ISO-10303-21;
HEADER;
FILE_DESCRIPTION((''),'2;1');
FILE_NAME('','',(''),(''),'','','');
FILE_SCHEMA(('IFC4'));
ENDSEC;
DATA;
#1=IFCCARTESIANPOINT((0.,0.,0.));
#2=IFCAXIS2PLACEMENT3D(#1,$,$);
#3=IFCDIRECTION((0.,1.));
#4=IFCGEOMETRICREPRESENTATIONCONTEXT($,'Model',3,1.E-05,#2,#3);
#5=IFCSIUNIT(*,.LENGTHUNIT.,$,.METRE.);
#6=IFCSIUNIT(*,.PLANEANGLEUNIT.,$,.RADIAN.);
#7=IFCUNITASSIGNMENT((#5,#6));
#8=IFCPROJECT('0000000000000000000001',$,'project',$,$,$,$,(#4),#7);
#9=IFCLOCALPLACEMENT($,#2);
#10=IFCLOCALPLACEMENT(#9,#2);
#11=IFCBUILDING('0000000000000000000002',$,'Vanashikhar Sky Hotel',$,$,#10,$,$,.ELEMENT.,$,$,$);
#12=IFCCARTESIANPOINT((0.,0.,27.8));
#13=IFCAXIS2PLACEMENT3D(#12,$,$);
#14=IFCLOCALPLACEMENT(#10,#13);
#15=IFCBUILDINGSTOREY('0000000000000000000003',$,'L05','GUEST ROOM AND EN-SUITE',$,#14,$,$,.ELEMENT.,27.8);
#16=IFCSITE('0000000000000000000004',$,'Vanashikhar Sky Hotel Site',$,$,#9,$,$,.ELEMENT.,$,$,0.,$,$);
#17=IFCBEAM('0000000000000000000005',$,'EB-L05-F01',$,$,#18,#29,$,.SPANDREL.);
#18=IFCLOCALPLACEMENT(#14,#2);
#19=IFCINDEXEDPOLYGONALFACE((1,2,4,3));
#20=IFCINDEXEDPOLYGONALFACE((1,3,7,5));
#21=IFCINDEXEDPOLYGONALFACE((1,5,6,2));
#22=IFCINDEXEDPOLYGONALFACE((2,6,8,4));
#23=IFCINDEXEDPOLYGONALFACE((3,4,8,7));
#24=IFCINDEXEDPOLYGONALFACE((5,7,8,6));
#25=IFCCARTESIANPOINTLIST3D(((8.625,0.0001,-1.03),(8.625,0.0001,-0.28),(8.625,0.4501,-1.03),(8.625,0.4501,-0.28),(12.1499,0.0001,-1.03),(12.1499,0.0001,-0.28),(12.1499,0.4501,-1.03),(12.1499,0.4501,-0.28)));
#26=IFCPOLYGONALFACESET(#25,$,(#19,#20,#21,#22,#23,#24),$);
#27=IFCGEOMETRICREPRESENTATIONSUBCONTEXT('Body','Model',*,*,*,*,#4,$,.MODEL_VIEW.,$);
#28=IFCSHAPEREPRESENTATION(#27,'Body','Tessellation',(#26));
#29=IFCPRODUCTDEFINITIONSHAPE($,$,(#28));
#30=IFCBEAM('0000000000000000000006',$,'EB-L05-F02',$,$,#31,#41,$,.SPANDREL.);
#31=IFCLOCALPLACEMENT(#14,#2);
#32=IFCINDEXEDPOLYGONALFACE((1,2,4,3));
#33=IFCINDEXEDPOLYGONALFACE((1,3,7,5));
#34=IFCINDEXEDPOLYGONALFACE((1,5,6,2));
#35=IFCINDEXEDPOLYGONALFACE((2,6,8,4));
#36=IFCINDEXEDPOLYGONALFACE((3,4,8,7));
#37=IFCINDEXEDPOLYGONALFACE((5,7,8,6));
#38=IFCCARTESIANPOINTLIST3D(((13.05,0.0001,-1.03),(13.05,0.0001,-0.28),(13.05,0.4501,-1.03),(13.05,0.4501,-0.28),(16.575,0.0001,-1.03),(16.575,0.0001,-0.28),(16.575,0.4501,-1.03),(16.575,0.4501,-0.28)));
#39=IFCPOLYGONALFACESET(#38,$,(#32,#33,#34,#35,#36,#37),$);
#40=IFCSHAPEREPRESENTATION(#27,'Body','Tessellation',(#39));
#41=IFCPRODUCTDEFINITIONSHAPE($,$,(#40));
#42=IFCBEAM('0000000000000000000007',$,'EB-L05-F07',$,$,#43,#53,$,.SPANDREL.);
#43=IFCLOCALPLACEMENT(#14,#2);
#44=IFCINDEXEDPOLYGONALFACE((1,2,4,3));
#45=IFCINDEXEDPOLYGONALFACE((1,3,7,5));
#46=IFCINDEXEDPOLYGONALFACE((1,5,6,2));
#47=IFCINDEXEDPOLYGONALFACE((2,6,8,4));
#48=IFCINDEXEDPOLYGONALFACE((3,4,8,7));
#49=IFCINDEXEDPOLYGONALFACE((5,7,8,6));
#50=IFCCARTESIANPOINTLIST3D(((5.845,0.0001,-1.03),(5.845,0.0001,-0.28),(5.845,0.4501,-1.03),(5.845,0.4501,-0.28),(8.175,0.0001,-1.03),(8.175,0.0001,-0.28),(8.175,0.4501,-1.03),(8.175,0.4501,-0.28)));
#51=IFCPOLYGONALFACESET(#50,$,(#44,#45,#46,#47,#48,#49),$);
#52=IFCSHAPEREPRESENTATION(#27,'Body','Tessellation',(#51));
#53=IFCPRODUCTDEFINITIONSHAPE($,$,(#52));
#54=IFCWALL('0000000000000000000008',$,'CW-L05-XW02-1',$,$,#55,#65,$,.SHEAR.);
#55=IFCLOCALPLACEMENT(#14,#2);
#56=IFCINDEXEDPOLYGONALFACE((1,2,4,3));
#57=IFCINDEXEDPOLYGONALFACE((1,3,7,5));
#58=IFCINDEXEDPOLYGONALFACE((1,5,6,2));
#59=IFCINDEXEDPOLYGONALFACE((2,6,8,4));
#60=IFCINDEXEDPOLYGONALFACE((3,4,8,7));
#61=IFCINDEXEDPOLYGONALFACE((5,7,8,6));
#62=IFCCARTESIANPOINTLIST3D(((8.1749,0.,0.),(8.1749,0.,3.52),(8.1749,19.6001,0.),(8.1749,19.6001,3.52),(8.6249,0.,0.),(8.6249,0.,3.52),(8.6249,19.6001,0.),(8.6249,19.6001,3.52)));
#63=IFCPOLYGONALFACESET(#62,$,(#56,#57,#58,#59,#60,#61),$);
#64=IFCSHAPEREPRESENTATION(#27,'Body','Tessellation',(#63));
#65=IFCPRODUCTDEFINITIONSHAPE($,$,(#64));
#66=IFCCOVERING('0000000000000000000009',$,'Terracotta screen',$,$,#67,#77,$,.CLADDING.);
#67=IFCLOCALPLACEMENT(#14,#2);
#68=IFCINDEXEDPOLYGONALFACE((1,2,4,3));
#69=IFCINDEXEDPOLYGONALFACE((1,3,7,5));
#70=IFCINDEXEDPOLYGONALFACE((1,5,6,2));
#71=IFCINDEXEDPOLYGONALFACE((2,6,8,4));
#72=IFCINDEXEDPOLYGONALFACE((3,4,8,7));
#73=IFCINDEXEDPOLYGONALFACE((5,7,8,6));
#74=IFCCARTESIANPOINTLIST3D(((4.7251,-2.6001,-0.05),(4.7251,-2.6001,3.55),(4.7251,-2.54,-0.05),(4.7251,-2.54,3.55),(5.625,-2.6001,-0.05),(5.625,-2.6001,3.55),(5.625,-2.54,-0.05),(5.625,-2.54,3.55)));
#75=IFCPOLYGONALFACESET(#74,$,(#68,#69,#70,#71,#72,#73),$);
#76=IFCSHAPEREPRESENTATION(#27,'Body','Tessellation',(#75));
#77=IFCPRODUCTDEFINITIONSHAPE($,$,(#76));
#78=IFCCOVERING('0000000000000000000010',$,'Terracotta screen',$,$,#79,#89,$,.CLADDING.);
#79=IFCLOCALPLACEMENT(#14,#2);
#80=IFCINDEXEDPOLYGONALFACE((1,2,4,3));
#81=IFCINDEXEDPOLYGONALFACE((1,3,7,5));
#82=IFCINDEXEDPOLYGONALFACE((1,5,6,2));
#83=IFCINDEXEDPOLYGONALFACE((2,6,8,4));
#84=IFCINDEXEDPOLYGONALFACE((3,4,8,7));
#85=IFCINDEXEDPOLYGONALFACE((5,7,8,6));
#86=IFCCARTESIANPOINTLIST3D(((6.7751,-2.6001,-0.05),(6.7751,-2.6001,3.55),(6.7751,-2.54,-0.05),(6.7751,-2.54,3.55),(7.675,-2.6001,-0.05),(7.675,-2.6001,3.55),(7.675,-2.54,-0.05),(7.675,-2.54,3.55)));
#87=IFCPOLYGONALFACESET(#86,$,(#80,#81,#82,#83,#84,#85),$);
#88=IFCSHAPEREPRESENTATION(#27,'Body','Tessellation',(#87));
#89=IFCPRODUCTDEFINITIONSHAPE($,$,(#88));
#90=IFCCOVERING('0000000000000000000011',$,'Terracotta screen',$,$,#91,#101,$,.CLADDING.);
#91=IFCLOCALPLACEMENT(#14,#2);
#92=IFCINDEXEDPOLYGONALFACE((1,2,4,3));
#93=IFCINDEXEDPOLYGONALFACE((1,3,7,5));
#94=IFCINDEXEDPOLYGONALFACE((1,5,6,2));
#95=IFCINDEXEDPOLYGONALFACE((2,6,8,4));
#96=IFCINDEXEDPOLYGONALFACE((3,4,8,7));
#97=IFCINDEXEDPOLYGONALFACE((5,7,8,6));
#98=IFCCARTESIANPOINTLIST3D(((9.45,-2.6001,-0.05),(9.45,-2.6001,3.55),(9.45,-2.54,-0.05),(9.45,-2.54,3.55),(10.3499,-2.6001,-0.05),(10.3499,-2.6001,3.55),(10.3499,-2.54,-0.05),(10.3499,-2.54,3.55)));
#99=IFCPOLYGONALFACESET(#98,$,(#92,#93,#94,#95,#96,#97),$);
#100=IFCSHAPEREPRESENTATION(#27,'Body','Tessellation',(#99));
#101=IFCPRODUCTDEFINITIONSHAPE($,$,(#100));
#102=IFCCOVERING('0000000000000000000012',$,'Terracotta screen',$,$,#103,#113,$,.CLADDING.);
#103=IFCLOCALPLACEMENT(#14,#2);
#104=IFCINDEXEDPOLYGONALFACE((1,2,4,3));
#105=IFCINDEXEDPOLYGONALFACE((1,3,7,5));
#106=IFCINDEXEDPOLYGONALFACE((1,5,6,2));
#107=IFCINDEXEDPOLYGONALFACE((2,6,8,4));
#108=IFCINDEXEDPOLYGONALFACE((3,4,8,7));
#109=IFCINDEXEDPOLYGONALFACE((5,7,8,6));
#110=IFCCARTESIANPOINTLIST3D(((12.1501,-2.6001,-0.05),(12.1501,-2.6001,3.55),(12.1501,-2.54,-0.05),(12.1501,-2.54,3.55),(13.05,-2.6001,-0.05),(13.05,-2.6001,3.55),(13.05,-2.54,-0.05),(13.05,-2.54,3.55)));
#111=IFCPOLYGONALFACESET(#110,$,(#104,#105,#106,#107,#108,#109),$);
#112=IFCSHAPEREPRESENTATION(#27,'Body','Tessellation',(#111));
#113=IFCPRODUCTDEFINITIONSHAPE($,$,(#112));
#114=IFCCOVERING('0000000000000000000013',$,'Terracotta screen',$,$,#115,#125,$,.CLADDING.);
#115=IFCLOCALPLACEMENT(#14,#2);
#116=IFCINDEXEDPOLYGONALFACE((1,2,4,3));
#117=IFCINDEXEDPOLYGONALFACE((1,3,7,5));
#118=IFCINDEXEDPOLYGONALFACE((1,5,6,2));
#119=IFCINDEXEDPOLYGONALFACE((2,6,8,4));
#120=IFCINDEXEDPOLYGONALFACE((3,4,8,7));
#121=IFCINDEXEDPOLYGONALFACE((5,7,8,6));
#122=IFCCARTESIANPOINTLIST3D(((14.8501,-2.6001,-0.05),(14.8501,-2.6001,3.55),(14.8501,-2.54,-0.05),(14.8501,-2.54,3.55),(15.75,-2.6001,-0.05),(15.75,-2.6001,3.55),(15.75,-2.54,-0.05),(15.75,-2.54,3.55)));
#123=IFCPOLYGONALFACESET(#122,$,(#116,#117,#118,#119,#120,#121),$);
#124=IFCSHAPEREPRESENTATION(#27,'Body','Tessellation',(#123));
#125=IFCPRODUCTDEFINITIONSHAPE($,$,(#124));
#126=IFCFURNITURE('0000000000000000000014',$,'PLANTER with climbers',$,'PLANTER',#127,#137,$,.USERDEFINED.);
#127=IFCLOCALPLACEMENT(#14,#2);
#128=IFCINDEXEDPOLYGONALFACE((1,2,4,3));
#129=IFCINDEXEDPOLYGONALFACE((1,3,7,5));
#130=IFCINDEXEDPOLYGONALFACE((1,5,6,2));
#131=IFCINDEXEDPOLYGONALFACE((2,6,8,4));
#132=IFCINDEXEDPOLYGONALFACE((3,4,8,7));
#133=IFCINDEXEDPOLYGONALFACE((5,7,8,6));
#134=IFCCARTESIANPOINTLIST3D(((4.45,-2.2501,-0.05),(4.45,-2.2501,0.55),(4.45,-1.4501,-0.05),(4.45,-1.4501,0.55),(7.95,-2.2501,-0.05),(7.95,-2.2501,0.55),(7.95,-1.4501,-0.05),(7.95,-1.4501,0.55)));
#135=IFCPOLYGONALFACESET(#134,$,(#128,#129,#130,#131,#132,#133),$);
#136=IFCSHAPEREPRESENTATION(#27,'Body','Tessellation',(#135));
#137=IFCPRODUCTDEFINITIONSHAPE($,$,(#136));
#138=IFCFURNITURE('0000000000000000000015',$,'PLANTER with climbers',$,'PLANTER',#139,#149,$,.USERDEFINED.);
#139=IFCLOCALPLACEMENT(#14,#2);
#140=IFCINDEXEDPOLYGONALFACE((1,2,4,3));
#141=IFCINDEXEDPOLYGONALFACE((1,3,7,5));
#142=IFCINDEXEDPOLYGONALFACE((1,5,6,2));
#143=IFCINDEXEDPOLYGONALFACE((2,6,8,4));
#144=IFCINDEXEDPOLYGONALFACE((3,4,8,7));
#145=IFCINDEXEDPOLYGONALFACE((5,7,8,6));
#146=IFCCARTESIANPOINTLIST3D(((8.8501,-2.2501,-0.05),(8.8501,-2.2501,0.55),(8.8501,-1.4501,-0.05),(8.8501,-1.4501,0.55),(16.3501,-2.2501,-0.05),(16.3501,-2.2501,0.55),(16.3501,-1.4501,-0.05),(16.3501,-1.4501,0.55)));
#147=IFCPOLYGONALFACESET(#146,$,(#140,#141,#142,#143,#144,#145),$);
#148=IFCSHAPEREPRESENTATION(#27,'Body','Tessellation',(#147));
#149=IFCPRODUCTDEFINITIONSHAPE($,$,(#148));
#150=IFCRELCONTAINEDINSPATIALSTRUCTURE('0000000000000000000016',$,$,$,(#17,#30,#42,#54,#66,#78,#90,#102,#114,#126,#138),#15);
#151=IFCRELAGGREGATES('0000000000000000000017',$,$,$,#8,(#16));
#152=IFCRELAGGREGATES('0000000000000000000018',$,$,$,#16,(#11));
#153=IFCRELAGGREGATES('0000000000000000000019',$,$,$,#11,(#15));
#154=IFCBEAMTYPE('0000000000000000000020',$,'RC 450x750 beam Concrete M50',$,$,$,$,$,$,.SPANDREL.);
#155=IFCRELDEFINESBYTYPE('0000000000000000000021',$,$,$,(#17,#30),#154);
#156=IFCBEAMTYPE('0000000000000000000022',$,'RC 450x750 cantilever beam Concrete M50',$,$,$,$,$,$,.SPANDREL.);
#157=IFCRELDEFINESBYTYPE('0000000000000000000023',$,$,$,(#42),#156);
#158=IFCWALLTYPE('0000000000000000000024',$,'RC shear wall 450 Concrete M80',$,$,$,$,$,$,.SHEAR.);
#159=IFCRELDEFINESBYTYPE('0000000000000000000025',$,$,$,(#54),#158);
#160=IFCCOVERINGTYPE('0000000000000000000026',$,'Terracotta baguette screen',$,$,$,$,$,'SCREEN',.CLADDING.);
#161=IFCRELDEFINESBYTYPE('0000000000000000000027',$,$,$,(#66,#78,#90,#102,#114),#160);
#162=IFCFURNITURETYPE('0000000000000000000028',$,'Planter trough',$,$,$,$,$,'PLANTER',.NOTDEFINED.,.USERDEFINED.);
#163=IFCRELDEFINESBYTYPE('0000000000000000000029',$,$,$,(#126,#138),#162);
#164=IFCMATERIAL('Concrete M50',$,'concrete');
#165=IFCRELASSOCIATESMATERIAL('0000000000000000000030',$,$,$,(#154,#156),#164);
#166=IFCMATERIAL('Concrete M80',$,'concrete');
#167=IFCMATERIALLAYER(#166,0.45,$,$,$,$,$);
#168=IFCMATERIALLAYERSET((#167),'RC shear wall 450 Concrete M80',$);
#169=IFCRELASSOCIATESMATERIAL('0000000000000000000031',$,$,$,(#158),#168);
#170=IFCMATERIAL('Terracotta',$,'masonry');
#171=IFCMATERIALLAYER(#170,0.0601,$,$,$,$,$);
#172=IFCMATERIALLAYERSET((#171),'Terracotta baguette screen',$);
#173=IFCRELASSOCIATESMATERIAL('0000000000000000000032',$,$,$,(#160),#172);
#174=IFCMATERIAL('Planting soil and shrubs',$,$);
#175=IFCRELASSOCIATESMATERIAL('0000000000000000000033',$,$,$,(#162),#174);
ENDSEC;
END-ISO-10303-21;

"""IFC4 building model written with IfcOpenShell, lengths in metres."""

from ifc_helpers import new_model, si_unit, direction, frame, frame_2d, origin, origin_2d, place, context, subcontext, project, spatial, rectangle, extrude, source, transform, mapped, material, layer, layer_set, material_profile, profile_set, type_object, element, save


model = new_model("IFC4")

# Units and contexts
model_context = context("Model", 3, precision=1e-05, world=origin(), true_north=direction((0.0, 1.0)))
body_context = subcontext(model_context, "Body", "Model", "MODEL_VIEW")
ifc_project = project(units=[si_unit("LENGTHUNIT", "METRE"), si_unit("PLANEANGLEUNIT", "RADIAN")], contexts=[model_context])

# Site, building, storey
site_placement = place(None, origin())
site = spatial("IfcSite", under=ifc_project, at=site_placement, Name="Vanashikhar Sky Hotel Site", CompositionType="ELEMENT", RefElevation=0.0)
building_placement = place(site_placement, origin())
building = spatial("IfcBuilding", under=site, at=building_placement, Name="Vanashikhar Sky Hotel", CompositionType="ELEMENT")
storey_placement = place(building_placement, frame((0.0, 0.0, 27.8)))
storey = spatial("IfcBuildingStorey", under=building, at=storey_placement, Name="L05", Description="GUEST ROOM AND EN-SUITE", CompositionType="ELEMENT", Elevation=27.8)

# Beams
ifc_material_1 = material(Name="Concrete M50", Category="concrete")
ifc_material_profile_1 = material_profile(ifc_material_1, rectangle(XDim=0.45, YDim=0.75, at=origin_2d()))
ifc_profile_set_1 = profile_set([ifc_material_profile_1], Name="RC 450x750 beam Concrete M50")
beam_type_1 = type_object("IfcBeamType", Name="RC 450x750 beam Concrete M50", PredefinedType="SPANDREL", material=ifc_profile_set_1)
shared_shape_1 = source(origin(), body_context, "Body", "SweptSolid", [
    extrude(rectangle(XDim=0.45, YDim=0.75, at=origin_2d()), origin(), (0.0, 0.0, 1.0), 3.5249),
])
for number, where, z_axis, x_axis, name in (
    (1, (8.625, 0.2251, -0.655), (1.0, 0.0, 0.0), (0.0, 1.0, 0.0), "EB-L05-F01"),
    (2, (13.05, 0.2251, -0.655), (1.0, 0.0, 0.0), (0.0, 1.0, 0.0), "EB-L05-F02"),
):
    element("IfcBeam", number, at=place(storey_placement, frame(where, z_axis=z_axis, x_axis=x_axis)), inside=storey, type_object=beam_type_1, Name=name, PredefinedType="SPANDREL", context=body_context, shape_type="MappedRepresentation", body=[
        mapped(shared_shape_1, transform((0.0, 0.0, 0.0), scale=1.0)),
    ])
ifc_material_profile_2 = material_profile(ifc_material_1, rectangle(XDim=0.45, YDim=0.75, at=origin_2d()))
ifc_profile_set_2 = profile_set([ifc_material_profile_2], Name="RC 450x750 cantilever beam Concrete M50")
beam_type_2 = type_object("IfcBeamType", Name="RC 450x750 cantilever beam Concrete M50", PredefinedType="SPANDREL", material=ifc_profile_set_2)
shared_shape_2 = source(origin(), body_context, "Body", "SweptSolid", [
    extrude(rectangle(XDim=0.45, YDim=0.75, at=origin_2d()), origin(), (0.0, 0.0, 1.0), 2.3301),
])
beam_placement = place(storey_placement, frame((5.845, 0.2251, -0.655), z_axis=(1.0, 0.0, 0.0), x_axis=(0.0, 1.0, 0.0)))
element("IfcBeam", 3, at=beam_placement, inside=storey, type_object=beam_type_2, Name="EB-L05-F07", PredefinedType="SPANDREL", context=body_context, shape_type="MappedRepresentation", body=[
    mapped(shared_shape_2, transform((0.0, 0.0, 0.0), scale=1.0)),
])

# Wall
ifc_material_2 = material(Name="Concrete M80", Category="concrete")
ifc_layer_1 = layer(ifc_material_2, 0.45)
ifc_layer_set_1 = layer_set([ifc_layer_1], Name="RC shear wall 450 Concrete M80")
wall_type = type_object("IfcWallType", Name="RC shear wall 450 Concrete M80", PredefinedType="SHEAR", material=ifc_layer_set_1)
shared_shape_3 = source(origin(), body_context, "Body", "SweptSolid", [
    extrude(rectangle(XDim=19.6001, YDim=0.45, at=frame_2d((9.8, 0.0))), origin(), (0.0, 0.0, 1.0), 3.52),
])
wall_placement = place(storey_placement, frame((8.3999, 0.0, 0.0), z_axis=(0.0, 0.0, 1.0), x_axis=(0.0, 1.0, 0.0)))
element("IfcWall", 4, at=wall_placement, inside=storey, type_object=wall_type, Name="CW-L05-XW02-1", PredefinedType="SHEAR", context=body_context, shape_type="MappedRepresentation", body=[
    mapped(shared_shape_3, transform((0.0, 0.0, 0.0), scale=1.0)),
])

# Coverings
ifc_material_3 = material(Name="Terracotta", Category="masonry")
ifc_layer_2 = layer(ifc_material_3, 0.0601)
ifc_layer_set_2 = layer_set([ifc_layer_2], Name="Terracotta baguette screen")
covering_type = type_object("IfcCoveringType", Name="Terracotta baguette screen", ElementType="SCREEN", PredefinedType="CLADDING", material=ifc_layer_set_2)
shared_shape_4 = source(origin(), body_context, "Body", "SweptSolid", [
    extrude(rectangle(XDim=0.8999, YDim=0.0601, at=origin_2d()), origin(), (0.0, 0.0, 1.0), 3.6001),
])
for number, where, z_axis, x_axis, name in (
    (5, (5.175, -2.5701, -0.05), (0.0, 0.0, 1.0), (1.0, 0.0, 0.0), "Terracotta screen"),
    (6, (7.2251, -2.5701, -0.05), (0.0, 0.0, 1.0), (1.0, 0.0, 0.0), "Terracotta screen"),
    (7, (9.8999, -2.5701, -0.05), (0.0, 0.0, 1.0), (1.0, 0.0, 0.0), "Terracotta screen"),
    (8, (12.6001, -2.5701, -0.05), (0.0, 0.0, 1.0), (1.0, 0.0, 0.0), "Terracotta screen"),
    (9, (15.3, -2.5701, -0.05), (0.0, 0.0, 1.0), (1.0, 0.0, 0.0), "Terracotta screen"),
):
    element("IfcCovering", number, at=place(storey_placement, frame(where, z_axis=z_axis, x_axis=x_axis)), inside=storey, type_object=covering_type, Name=name, PredefinedType="CLADDING", context=body_context, shape_type="MappedRepresentation", body=[
        mapped(shared_shape_4, transform((0.0, 0.0, 0.0), scale=1.0)),
    ])

# Furniture
ifc_material_4 = material(Name="Planting soil and shrubs")
furniture_type = type_object("IfcFurnitureType", Name="Planter trough", ElementType="PLANTER", AssemblyPlace="NOTDEFINED", PredefinedType="USERDEFINED", material=ifc_material_4)
shared_shape_5 = source(origin(), body_context, "Body", "SweptSolid", [
    extrude(rectangle(XDim=3.5, YDim=0.8, at=origin_2d()), origin(), (0.0, 0.0, 1.0), 0.6001),
])
furniture_1_placement = place(storey_placement, frame((6.2, -1.8501, -0.05), z_axis=(0.0, 0.0, 1.0), x_axis=(1.0, 0.0, 0.0)))
element("IfcFurniture", 10, at=furniture_1_placement, inside=storey, type_object=furniture_type, Name="PLANTER with climbers", ObjectType="PLANTER", PredefinedType="USERDEFINED", context=body_context, shape_type="MappedRepresentation", body=[
    mapped(shared_shape_5, transform((0.0, 0.0, 0.0), scale=1.0)),
])
shared_shape_6 = source(origin(), body_context, "Body", "SweptSolid", [
    extrude(rectangle(XDim=7.5, YDim=0.8, at=origin_2d()), origin(), (0.0, 0.0, 1.0), 0.6001),
])
furniture_2_placement = place(storey_placement, frame((12.6001, -1.8501, -0.05), z_axis=(0.0, 0.0, 1.0), x_axis=(1.0, 0.0, 0.0)))
element("IfcFurniture", 11, at=furniture_2_placement, inside=storey, type_object=furniture_type, Name="PLANTER with climbers", ObjectType="PLANTER", PredefinedType="USERDEFINED", context=body_context, shape_type="MappedRepresentation", body=[
    mapped(shared_shape_6, transform((0.0, 0.0, 0.0), scale=1.0)),
])

save(model, "model.ifc")
